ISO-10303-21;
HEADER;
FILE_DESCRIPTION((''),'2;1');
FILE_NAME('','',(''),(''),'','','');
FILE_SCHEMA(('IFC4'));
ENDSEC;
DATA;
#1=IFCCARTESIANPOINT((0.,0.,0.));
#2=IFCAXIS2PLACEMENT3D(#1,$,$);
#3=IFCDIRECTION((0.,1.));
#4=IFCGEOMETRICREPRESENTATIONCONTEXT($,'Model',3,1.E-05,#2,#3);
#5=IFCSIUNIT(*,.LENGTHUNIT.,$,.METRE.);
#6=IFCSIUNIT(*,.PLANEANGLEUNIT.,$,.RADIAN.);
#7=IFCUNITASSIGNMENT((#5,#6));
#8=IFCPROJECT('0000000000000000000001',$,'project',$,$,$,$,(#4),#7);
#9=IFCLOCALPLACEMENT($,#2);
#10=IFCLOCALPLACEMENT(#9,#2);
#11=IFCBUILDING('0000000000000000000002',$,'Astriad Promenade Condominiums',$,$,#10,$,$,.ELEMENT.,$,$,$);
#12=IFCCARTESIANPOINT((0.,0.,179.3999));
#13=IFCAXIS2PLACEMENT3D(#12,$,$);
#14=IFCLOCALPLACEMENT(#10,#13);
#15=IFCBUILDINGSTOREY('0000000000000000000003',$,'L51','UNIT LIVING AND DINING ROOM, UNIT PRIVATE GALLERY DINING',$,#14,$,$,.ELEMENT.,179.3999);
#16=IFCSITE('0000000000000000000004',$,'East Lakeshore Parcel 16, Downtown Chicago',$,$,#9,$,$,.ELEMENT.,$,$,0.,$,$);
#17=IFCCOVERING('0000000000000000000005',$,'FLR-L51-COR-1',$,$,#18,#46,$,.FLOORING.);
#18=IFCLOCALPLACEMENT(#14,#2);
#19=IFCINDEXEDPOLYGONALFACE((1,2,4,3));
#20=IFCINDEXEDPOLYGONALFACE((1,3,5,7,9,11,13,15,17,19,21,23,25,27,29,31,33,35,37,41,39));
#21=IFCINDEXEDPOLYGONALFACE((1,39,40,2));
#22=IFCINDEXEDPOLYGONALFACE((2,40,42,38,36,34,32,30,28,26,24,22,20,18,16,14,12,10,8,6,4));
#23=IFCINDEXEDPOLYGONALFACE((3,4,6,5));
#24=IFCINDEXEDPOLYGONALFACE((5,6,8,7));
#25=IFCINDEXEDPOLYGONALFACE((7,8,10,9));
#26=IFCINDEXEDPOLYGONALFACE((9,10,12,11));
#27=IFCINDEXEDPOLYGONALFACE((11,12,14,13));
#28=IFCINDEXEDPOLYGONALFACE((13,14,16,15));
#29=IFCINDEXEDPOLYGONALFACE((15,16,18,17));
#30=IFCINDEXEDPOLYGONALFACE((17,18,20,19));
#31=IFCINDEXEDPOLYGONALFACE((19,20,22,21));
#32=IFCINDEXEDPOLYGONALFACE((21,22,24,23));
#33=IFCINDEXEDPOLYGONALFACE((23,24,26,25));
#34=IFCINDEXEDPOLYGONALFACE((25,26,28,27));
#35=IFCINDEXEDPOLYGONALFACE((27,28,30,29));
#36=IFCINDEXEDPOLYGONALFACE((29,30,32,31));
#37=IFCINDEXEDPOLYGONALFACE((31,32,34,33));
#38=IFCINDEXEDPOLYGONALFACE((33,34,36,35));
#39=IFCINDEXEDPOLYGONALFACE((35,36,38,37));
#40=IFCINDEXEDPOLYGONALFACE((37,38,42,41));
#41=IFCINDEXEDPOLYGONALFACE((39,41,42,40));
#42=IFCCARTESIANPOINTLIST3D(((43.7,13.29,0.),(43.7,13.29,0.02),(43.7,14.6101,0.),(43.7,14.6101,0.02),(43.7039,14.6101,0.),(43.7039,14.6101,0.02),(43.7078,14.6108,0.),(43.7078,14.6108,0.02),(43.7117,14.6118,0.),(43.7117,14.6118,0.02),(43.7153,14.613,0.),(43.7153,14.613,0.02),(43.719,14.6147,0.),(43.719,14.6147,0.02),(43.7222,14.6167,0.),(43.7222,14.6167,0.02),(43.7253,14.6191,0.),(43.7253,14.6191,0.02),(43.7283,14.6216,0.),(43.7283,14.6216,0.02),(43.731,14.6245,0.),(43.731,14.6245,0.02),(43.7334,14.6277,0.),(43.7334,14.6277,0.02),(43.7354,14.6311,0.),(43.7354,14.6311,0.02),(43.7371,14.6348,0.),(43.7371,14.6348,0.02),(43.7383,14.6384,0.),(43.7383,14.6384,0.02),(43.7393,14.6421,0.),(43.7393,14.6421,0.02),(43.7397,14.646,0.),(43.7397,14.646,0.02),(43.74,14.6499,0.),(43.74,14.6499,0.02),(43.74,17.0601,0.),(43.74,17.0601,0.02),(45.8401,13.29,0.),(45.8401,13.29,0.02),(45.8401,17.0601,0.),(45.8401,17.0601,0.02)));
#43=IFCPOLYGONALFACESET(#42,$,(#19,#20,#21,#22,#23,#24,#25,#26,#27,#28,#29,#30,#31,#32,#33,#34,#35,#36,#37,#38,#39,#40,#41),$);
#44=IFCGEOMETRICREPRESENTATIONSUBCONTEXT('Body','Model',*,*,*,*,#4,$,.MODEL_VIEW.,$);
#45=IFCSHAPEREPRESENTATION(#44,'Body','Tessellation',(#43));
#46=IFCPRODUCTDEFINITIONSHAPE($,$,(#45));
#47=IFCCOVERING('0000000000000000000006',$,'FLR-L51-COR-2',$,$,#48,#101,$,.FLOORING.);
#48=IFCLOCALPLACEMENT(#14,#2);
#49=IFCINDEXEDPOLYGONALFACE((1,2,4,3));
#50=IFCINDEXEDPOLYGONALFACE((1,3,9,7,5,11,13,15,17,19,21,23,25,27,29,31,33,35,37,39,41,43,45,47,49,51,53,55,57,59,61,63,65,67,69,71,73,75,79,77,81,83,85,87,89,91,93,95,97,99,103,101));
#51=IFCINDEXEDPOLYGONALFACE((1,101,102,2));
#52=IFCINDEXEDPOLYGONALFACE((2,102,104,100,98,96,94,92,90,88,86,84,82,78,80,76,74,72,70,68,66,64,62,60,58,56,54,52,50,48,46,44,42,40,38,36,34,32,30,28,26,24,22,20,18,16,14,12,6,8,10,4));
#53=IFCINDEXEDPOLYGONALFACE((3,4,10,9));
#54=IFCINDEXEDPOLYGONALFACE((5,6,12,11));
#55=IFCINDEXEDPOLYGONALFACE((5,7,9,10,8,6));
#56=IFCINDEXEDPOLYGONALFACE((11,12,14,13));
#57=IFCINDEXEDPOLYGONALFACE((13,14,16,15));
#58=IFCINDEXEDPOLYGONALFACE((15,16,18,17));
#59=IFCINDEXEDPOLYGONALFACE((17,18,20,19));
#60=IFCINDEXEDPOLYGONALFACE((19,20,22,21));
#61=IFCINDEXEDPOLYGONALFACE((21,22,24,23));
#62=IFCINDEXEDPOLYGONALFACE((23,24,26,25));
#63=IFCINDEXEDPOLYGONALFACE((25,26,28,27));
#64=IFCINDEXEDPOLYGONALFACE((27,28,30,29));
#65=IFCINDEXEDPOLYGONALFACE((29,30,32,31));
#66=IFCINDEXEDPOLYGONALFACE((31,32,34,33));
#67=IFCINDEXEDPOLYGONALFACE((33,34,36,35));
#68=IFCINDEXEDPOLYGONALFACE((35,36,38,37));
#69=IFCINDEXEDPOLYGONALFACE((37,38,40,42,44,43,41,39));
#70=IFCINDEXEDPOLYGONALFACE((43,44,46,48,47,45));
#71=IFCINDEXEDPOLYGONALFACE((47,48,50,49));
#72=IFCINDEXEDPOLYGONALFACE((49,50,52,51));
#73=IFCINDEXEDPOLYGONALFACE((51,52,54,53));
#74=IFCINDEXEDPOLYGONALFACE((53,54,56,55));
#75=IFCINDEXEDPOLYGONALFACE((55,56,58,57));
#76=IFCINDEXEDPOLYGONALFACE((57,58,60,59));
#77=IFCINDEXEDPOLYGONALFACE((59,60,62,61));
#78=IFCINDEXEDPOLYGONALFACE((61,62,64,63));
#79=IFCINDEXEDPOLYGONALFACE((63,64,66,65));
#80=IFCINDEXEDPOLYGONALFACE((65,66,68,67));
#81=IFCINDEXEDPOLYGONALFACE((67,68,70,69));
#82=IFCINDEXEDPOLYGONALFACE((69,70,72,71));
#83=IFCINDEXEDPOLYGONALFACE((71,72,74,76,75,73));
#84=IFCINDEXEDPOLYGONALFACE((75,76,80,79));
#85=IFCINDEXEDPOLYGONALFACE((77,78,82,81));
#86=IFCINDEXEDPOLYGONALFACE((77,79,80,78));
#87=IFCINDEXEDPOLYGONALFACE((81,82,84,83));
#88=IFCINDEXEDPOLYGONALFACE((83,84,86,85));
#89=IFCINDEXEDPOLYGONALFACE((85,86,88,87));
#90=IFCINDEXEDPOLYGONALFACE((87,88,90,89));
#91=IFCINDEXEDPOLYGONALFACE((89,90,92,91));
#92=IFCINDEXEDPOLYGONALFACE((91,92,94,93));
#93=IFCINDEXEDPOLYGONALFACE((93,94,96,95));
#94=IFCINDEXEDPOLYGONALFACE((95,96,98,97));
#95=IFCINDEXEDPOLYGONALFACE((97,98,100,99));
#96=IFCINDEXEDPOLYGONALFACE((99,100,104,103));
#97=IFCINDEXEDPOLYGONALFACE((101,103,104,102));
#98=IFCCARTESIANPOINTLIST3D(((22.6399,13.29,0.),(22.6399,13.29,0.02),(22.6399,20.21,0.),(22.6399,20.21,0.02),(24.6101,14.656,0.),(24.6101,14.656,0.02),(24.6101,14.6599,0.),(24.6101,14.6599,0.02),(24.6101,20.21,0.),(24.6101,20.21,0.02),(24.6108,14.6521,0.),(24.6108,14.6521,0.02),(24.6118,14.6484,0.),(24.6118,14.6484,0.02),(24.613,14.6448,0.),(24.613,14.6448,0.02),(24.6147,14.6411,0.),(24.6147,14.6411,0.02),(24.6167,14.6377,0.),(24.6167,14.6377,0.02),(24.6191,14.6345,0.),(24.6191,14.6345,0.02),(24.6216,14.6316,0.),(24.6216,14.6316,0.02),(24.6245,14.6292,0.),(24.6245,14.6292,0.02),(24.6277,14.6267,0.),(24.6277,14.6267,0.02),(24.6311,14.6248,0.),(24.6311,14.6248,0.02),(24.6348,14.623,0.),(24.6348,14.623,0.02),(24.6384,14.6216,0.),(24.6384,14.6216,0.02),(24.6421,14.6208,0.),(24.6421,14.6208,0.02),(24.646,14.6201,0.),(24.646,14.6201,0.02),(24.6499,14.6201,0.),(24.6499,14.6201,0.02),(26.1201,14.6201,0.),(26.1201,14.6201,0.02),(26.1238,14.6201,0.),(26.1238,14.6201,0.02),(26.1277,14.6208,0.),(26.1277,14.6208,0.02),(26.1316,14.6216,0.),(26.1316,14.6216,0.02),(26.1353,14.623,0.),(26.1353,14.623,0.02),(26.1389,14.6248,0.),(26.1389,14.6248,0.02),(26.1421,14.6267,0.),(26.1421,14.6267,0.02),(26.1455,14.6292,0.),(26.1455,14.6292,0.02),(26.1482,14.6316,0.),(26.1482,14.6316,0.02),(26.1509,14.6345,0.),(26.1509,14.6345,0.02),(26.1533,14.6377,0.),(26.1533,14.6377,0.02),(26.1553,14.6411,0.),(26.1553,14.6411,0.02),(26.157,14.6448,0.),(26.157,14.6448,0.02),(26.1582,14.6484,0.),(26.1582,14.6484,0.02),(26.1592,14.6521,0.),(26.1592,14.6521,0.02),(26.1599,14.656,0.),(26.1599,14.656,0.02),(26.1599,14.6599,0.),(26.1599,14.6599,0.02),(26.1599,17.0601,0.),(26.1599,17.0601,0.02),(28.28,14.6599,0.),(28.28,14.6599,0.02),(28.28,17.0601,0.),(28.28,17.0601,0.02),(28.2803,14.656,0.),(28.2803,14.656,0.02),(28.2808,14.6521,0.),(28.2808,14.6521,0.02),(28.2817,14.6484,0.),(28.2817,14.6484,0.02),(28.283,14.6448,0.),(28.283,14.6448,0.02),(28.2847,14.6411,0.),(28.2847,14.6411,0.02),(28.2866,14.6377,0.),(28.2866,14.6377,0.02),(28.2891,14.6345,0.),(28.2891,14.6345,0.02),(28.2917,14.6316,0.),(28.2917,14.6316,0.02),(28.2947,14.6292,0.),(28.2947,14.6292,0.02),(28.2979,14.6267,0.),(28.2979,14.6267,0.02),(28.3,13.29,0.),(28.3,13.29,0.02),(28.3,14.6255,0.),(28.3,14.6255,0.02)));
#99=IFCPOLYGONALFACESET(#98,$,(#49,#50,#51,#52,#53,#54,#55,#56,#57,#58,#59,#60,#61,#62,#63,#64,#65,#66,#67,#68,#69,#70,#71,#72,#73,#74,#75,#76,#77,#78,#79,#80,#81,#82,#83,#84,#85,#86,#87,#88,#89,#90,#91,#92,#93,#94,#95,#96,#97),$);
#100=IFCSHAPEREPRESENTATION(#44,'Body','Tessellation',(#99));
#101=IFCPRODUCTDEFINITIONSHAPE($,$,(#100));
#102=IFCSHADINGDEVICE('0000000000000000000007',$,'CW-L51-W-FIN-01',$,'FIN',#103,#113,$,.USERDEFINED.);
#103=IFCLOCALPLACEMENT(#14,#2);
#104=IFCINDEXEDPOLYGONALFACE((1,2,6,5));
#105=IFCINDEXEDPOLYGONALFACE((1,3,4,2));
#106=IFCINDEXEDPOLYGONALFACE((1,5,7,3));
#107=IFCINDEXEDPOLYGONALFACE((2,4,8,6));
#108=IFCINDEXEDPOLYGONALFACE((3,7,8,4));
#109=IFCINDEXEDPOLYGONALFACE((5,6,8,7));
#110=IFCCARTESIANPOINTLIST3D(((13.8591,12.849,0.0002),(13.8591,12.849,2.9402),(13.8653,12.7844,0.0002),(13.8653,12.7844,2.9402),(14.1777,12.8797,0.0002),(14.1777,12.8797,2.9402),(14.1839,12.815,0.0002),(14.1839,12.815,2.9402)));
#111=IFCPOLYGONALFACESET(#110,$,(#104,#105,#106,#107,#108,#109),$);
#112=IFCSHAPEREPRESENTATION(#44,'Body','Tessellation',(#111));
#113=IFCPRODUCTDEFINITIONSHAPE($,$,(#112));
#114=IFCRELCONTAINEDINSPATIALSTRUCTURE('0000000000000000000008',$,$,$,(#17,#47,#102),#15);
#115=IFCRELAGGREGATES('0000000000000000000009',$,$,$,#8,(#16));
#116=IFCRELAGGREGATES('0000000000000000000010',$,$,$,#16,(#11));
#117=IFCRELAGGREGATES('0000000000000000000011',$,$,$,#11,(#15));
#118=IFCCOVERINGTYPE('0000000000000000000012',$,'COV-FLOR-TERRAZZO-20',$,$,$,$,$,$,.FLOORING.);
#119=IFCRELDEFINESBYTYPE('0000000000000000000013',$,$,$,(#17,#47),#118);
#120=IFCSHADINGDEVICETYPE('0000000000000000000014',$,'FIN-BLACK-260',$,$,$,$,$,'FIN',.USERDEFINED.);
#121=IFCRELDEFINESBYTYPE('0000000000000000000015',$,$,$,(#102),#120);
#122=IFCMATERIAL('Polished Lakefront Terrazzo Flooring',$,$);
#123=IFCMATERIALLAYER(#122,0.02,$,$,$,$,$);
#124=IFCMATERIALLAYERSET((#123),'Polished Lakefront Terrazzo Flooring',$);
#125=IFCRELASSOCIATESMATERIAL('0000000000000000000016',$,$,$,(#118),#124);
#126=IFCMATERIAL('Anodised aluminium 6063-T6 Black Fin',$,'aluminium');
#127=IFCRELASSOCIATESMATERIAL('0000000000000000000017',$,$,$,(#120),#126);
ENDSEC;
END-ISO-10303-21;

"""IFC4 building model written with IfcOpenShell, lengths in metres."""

from ifc_helpers import new_model, si_unit, direction, frame, origin, origin_2d, place, context, subcontext, project, spatial, polyline, rectangle, outline, extrude, source, transform, mapped, material, layer, layer_set, type_object, type_shapes, element, save


model = new_model("IFC4")

# Units and contexts
model_context = context("Model", 3, precision=1e-05, world=origin(), true_north=direction((0.0, 1.0)))
body_context = subcontext(model_context, "Body", "Model", "MODEL_VIEW")
ifc_project = project(units=[si_unit("LENGTHUNIT", "METRE"), si_unit("PLANEANGLEUNIT", "RADIAN")], contexts=[model_context])

# Site, building, storey
site_placement = place(None, origin())
site = spatial("IfcSite", under=ifc_project, at=site_placement, Name="East Lakeshore Parcel 16, Downtown Chicago", CompositionType="ELEMENT", RefElevation=0.0)
building_placement = place(site_placement, origin())
building = spatial("IfcBuilding", under=site, at=building_placement, Name="Astriad Promenade Condominiums", CompositionType="ELEMENT")
storey_placement = place(building_placement, frame((0.0, 0.0, 179.3999)))
storey = spatial("IfcBuildingStorey", under=building, at=storey_placement, Name="L51", Description="UNIT LIVING AND DINING ROOM, UNIT PRIVATE GALLERY DINING", CompositionType="ELEMENT", Elevation=179.3999)

# Coverings
ifc_material_1 = material(Name="Polished Lakefront Terrazzo Flooring")
ifc_layer_1 = layer(ifc_material_1, 0.02)
ifc_layer_set_1 = layer_set([ifc_layer_1], Name="Polished Lakefront Terrazzo Flooring")
covering_type = type_object("IfcCoveringType", Name="COV-FLOR-TERRAZZO-20", PredefinedType="FLOORING", material=ifc_layer_set_1)
covering_1_placement = place(storey_placement, origin())
element("IfcCovering", 1, at=covering_1_placement, inside=storey, type_object=covering_type, Name="FLR-L51-COR-1", PredefinedType="FLOORING", context=body_context, shape_type="SweptSolid", body=[
    extrude(outline(polyline([(43.7, 13.29), (43.7, 14.6101), (43.7039, 14.6101), (43.7078, 14.6108), (43.7117, 14.6118), (43.7153, 14.613), (43.719, 14.6147), (43.7222, 14.6167), (43.7253, 14.6191), (43.7283, 14.6216), (43.731, 14.6245), (43.7334, 14.6277), (43.7354, 14.6311), (43.7371, 14.6348), (43.7383, 14.6384), (43.7393, 14.6421), (43.7397, 14.646), (43.74, 14.6499), (43.74, 17.0601), (45.8401, 17.0601), (45.8401, 13.29), (43.7, 13.29)])), origin(), (0.0, 0.0, 1.0), 0.02),
])
covering_2_placement = place(storey_placement, origin())
element("IfcCovering", 2, at=covering_2_placement, inside=storey, type_object=covering_type, Name="FLR-L51-COR-2", PredefinedType="FLOORING", context=body_context, shape_type="SweptSolid", body=[
    extrude(outline(polyline([(28.3, 13.29), (22.6399, 13.29), (22.6399, 20.21), (24.6101, 20.21), (24.6101, 14.6599), (24.6101, 14.656), (24.6108, 14.6521), (24.6118, 14.6484), (24.613, 14.6448), (24.6147, 14.6411), (24.6167, 14.6377), (24.6191, 14.6345), (24.6216, 14.6316), (24.6245, 14.6292), (24.6277, 14.6267), (24.6311, 14.6248), (24.6348, 14.623), (24.6384, 14.6216), (24.6421, 14.6208), (24.646, 14.6201), (24.6499, 14.6201), (26.1201, 14.6201), (26.1238, 14.6201), (26.1277, 14.6208), (26.1316, 14.6216), (26.1353, 14.623), (26.1389, 14.6248), (26.1421, 14.6267), (26.1455, 14.6292), (26.1482, 14.6316), (26.1509, 14.6345), (26.1533, 14.6377), (26.1553, 14.6411), (26.157, 14.6448), (26.1582, 14.6484), (26.1592, 14.6521), (26.1599, 14.656), (26.1599, 14.6599), (26.1599, 17.0601), (28.28, 17.0601), (28.28, 14.6599), (28.2803, 14.656), (28.2808, 14.6521), (28.2817, 14.6484), (28.283, 14.6448), (28.2847, 14.6411), (28.2866, 14.6377), (28.2891, 14.6345), (28.2917, 14.6316), (28.2947, 14.6292), (28.2979, 14.6267), (28.3, 14.6255), (28.3, 13.29)])), origin(), (0.0, 0.0, 1.0), 0.02),
])

# Shading device
ifc_material_2 = material(Name="Anodised aluminium 6063-T6 Black Fin", Category="aluminium")
shading_device_type = type_object("IfcShadingDeviceType", Name="FIN-BLACK-260", ElementType="FIN", PredefinedType="USERDEFINED", material=ifc_material_2)
shared_shape_1 = source(origin(), body_context, "Body", "SweptSolid", [
    extrude(rectangle(XDim=0.0649, YDim=0.3201, at=origin_2d()), origin(), (0.0, 0.0, 1.0), 2.9399),
])
type_shapes(shading_device_type, [shared_shape_1])
shading_device_placement = place(storey_placement, frame((14.0215, 12.832, 0.0002), z_axis=(0.0, 0.0, 1.0), x_axis=(-0.095846, 0.995396, 0.0)))
element("IfcShadingDevice", 3, at=shading_device_placement, inside=storey, type_object=shading_device_type, Name="CW-L51-W-FIN-01", ObjectType="FIN", PredefinedType="USERDEFINED", context=body_context, shape_type="MappedRepresentation", body=[
    mapped(shared_shape_1, transform((0.0, 0.0, 0.0), scale=1.0)),
])

save(model, "model.ifc")
